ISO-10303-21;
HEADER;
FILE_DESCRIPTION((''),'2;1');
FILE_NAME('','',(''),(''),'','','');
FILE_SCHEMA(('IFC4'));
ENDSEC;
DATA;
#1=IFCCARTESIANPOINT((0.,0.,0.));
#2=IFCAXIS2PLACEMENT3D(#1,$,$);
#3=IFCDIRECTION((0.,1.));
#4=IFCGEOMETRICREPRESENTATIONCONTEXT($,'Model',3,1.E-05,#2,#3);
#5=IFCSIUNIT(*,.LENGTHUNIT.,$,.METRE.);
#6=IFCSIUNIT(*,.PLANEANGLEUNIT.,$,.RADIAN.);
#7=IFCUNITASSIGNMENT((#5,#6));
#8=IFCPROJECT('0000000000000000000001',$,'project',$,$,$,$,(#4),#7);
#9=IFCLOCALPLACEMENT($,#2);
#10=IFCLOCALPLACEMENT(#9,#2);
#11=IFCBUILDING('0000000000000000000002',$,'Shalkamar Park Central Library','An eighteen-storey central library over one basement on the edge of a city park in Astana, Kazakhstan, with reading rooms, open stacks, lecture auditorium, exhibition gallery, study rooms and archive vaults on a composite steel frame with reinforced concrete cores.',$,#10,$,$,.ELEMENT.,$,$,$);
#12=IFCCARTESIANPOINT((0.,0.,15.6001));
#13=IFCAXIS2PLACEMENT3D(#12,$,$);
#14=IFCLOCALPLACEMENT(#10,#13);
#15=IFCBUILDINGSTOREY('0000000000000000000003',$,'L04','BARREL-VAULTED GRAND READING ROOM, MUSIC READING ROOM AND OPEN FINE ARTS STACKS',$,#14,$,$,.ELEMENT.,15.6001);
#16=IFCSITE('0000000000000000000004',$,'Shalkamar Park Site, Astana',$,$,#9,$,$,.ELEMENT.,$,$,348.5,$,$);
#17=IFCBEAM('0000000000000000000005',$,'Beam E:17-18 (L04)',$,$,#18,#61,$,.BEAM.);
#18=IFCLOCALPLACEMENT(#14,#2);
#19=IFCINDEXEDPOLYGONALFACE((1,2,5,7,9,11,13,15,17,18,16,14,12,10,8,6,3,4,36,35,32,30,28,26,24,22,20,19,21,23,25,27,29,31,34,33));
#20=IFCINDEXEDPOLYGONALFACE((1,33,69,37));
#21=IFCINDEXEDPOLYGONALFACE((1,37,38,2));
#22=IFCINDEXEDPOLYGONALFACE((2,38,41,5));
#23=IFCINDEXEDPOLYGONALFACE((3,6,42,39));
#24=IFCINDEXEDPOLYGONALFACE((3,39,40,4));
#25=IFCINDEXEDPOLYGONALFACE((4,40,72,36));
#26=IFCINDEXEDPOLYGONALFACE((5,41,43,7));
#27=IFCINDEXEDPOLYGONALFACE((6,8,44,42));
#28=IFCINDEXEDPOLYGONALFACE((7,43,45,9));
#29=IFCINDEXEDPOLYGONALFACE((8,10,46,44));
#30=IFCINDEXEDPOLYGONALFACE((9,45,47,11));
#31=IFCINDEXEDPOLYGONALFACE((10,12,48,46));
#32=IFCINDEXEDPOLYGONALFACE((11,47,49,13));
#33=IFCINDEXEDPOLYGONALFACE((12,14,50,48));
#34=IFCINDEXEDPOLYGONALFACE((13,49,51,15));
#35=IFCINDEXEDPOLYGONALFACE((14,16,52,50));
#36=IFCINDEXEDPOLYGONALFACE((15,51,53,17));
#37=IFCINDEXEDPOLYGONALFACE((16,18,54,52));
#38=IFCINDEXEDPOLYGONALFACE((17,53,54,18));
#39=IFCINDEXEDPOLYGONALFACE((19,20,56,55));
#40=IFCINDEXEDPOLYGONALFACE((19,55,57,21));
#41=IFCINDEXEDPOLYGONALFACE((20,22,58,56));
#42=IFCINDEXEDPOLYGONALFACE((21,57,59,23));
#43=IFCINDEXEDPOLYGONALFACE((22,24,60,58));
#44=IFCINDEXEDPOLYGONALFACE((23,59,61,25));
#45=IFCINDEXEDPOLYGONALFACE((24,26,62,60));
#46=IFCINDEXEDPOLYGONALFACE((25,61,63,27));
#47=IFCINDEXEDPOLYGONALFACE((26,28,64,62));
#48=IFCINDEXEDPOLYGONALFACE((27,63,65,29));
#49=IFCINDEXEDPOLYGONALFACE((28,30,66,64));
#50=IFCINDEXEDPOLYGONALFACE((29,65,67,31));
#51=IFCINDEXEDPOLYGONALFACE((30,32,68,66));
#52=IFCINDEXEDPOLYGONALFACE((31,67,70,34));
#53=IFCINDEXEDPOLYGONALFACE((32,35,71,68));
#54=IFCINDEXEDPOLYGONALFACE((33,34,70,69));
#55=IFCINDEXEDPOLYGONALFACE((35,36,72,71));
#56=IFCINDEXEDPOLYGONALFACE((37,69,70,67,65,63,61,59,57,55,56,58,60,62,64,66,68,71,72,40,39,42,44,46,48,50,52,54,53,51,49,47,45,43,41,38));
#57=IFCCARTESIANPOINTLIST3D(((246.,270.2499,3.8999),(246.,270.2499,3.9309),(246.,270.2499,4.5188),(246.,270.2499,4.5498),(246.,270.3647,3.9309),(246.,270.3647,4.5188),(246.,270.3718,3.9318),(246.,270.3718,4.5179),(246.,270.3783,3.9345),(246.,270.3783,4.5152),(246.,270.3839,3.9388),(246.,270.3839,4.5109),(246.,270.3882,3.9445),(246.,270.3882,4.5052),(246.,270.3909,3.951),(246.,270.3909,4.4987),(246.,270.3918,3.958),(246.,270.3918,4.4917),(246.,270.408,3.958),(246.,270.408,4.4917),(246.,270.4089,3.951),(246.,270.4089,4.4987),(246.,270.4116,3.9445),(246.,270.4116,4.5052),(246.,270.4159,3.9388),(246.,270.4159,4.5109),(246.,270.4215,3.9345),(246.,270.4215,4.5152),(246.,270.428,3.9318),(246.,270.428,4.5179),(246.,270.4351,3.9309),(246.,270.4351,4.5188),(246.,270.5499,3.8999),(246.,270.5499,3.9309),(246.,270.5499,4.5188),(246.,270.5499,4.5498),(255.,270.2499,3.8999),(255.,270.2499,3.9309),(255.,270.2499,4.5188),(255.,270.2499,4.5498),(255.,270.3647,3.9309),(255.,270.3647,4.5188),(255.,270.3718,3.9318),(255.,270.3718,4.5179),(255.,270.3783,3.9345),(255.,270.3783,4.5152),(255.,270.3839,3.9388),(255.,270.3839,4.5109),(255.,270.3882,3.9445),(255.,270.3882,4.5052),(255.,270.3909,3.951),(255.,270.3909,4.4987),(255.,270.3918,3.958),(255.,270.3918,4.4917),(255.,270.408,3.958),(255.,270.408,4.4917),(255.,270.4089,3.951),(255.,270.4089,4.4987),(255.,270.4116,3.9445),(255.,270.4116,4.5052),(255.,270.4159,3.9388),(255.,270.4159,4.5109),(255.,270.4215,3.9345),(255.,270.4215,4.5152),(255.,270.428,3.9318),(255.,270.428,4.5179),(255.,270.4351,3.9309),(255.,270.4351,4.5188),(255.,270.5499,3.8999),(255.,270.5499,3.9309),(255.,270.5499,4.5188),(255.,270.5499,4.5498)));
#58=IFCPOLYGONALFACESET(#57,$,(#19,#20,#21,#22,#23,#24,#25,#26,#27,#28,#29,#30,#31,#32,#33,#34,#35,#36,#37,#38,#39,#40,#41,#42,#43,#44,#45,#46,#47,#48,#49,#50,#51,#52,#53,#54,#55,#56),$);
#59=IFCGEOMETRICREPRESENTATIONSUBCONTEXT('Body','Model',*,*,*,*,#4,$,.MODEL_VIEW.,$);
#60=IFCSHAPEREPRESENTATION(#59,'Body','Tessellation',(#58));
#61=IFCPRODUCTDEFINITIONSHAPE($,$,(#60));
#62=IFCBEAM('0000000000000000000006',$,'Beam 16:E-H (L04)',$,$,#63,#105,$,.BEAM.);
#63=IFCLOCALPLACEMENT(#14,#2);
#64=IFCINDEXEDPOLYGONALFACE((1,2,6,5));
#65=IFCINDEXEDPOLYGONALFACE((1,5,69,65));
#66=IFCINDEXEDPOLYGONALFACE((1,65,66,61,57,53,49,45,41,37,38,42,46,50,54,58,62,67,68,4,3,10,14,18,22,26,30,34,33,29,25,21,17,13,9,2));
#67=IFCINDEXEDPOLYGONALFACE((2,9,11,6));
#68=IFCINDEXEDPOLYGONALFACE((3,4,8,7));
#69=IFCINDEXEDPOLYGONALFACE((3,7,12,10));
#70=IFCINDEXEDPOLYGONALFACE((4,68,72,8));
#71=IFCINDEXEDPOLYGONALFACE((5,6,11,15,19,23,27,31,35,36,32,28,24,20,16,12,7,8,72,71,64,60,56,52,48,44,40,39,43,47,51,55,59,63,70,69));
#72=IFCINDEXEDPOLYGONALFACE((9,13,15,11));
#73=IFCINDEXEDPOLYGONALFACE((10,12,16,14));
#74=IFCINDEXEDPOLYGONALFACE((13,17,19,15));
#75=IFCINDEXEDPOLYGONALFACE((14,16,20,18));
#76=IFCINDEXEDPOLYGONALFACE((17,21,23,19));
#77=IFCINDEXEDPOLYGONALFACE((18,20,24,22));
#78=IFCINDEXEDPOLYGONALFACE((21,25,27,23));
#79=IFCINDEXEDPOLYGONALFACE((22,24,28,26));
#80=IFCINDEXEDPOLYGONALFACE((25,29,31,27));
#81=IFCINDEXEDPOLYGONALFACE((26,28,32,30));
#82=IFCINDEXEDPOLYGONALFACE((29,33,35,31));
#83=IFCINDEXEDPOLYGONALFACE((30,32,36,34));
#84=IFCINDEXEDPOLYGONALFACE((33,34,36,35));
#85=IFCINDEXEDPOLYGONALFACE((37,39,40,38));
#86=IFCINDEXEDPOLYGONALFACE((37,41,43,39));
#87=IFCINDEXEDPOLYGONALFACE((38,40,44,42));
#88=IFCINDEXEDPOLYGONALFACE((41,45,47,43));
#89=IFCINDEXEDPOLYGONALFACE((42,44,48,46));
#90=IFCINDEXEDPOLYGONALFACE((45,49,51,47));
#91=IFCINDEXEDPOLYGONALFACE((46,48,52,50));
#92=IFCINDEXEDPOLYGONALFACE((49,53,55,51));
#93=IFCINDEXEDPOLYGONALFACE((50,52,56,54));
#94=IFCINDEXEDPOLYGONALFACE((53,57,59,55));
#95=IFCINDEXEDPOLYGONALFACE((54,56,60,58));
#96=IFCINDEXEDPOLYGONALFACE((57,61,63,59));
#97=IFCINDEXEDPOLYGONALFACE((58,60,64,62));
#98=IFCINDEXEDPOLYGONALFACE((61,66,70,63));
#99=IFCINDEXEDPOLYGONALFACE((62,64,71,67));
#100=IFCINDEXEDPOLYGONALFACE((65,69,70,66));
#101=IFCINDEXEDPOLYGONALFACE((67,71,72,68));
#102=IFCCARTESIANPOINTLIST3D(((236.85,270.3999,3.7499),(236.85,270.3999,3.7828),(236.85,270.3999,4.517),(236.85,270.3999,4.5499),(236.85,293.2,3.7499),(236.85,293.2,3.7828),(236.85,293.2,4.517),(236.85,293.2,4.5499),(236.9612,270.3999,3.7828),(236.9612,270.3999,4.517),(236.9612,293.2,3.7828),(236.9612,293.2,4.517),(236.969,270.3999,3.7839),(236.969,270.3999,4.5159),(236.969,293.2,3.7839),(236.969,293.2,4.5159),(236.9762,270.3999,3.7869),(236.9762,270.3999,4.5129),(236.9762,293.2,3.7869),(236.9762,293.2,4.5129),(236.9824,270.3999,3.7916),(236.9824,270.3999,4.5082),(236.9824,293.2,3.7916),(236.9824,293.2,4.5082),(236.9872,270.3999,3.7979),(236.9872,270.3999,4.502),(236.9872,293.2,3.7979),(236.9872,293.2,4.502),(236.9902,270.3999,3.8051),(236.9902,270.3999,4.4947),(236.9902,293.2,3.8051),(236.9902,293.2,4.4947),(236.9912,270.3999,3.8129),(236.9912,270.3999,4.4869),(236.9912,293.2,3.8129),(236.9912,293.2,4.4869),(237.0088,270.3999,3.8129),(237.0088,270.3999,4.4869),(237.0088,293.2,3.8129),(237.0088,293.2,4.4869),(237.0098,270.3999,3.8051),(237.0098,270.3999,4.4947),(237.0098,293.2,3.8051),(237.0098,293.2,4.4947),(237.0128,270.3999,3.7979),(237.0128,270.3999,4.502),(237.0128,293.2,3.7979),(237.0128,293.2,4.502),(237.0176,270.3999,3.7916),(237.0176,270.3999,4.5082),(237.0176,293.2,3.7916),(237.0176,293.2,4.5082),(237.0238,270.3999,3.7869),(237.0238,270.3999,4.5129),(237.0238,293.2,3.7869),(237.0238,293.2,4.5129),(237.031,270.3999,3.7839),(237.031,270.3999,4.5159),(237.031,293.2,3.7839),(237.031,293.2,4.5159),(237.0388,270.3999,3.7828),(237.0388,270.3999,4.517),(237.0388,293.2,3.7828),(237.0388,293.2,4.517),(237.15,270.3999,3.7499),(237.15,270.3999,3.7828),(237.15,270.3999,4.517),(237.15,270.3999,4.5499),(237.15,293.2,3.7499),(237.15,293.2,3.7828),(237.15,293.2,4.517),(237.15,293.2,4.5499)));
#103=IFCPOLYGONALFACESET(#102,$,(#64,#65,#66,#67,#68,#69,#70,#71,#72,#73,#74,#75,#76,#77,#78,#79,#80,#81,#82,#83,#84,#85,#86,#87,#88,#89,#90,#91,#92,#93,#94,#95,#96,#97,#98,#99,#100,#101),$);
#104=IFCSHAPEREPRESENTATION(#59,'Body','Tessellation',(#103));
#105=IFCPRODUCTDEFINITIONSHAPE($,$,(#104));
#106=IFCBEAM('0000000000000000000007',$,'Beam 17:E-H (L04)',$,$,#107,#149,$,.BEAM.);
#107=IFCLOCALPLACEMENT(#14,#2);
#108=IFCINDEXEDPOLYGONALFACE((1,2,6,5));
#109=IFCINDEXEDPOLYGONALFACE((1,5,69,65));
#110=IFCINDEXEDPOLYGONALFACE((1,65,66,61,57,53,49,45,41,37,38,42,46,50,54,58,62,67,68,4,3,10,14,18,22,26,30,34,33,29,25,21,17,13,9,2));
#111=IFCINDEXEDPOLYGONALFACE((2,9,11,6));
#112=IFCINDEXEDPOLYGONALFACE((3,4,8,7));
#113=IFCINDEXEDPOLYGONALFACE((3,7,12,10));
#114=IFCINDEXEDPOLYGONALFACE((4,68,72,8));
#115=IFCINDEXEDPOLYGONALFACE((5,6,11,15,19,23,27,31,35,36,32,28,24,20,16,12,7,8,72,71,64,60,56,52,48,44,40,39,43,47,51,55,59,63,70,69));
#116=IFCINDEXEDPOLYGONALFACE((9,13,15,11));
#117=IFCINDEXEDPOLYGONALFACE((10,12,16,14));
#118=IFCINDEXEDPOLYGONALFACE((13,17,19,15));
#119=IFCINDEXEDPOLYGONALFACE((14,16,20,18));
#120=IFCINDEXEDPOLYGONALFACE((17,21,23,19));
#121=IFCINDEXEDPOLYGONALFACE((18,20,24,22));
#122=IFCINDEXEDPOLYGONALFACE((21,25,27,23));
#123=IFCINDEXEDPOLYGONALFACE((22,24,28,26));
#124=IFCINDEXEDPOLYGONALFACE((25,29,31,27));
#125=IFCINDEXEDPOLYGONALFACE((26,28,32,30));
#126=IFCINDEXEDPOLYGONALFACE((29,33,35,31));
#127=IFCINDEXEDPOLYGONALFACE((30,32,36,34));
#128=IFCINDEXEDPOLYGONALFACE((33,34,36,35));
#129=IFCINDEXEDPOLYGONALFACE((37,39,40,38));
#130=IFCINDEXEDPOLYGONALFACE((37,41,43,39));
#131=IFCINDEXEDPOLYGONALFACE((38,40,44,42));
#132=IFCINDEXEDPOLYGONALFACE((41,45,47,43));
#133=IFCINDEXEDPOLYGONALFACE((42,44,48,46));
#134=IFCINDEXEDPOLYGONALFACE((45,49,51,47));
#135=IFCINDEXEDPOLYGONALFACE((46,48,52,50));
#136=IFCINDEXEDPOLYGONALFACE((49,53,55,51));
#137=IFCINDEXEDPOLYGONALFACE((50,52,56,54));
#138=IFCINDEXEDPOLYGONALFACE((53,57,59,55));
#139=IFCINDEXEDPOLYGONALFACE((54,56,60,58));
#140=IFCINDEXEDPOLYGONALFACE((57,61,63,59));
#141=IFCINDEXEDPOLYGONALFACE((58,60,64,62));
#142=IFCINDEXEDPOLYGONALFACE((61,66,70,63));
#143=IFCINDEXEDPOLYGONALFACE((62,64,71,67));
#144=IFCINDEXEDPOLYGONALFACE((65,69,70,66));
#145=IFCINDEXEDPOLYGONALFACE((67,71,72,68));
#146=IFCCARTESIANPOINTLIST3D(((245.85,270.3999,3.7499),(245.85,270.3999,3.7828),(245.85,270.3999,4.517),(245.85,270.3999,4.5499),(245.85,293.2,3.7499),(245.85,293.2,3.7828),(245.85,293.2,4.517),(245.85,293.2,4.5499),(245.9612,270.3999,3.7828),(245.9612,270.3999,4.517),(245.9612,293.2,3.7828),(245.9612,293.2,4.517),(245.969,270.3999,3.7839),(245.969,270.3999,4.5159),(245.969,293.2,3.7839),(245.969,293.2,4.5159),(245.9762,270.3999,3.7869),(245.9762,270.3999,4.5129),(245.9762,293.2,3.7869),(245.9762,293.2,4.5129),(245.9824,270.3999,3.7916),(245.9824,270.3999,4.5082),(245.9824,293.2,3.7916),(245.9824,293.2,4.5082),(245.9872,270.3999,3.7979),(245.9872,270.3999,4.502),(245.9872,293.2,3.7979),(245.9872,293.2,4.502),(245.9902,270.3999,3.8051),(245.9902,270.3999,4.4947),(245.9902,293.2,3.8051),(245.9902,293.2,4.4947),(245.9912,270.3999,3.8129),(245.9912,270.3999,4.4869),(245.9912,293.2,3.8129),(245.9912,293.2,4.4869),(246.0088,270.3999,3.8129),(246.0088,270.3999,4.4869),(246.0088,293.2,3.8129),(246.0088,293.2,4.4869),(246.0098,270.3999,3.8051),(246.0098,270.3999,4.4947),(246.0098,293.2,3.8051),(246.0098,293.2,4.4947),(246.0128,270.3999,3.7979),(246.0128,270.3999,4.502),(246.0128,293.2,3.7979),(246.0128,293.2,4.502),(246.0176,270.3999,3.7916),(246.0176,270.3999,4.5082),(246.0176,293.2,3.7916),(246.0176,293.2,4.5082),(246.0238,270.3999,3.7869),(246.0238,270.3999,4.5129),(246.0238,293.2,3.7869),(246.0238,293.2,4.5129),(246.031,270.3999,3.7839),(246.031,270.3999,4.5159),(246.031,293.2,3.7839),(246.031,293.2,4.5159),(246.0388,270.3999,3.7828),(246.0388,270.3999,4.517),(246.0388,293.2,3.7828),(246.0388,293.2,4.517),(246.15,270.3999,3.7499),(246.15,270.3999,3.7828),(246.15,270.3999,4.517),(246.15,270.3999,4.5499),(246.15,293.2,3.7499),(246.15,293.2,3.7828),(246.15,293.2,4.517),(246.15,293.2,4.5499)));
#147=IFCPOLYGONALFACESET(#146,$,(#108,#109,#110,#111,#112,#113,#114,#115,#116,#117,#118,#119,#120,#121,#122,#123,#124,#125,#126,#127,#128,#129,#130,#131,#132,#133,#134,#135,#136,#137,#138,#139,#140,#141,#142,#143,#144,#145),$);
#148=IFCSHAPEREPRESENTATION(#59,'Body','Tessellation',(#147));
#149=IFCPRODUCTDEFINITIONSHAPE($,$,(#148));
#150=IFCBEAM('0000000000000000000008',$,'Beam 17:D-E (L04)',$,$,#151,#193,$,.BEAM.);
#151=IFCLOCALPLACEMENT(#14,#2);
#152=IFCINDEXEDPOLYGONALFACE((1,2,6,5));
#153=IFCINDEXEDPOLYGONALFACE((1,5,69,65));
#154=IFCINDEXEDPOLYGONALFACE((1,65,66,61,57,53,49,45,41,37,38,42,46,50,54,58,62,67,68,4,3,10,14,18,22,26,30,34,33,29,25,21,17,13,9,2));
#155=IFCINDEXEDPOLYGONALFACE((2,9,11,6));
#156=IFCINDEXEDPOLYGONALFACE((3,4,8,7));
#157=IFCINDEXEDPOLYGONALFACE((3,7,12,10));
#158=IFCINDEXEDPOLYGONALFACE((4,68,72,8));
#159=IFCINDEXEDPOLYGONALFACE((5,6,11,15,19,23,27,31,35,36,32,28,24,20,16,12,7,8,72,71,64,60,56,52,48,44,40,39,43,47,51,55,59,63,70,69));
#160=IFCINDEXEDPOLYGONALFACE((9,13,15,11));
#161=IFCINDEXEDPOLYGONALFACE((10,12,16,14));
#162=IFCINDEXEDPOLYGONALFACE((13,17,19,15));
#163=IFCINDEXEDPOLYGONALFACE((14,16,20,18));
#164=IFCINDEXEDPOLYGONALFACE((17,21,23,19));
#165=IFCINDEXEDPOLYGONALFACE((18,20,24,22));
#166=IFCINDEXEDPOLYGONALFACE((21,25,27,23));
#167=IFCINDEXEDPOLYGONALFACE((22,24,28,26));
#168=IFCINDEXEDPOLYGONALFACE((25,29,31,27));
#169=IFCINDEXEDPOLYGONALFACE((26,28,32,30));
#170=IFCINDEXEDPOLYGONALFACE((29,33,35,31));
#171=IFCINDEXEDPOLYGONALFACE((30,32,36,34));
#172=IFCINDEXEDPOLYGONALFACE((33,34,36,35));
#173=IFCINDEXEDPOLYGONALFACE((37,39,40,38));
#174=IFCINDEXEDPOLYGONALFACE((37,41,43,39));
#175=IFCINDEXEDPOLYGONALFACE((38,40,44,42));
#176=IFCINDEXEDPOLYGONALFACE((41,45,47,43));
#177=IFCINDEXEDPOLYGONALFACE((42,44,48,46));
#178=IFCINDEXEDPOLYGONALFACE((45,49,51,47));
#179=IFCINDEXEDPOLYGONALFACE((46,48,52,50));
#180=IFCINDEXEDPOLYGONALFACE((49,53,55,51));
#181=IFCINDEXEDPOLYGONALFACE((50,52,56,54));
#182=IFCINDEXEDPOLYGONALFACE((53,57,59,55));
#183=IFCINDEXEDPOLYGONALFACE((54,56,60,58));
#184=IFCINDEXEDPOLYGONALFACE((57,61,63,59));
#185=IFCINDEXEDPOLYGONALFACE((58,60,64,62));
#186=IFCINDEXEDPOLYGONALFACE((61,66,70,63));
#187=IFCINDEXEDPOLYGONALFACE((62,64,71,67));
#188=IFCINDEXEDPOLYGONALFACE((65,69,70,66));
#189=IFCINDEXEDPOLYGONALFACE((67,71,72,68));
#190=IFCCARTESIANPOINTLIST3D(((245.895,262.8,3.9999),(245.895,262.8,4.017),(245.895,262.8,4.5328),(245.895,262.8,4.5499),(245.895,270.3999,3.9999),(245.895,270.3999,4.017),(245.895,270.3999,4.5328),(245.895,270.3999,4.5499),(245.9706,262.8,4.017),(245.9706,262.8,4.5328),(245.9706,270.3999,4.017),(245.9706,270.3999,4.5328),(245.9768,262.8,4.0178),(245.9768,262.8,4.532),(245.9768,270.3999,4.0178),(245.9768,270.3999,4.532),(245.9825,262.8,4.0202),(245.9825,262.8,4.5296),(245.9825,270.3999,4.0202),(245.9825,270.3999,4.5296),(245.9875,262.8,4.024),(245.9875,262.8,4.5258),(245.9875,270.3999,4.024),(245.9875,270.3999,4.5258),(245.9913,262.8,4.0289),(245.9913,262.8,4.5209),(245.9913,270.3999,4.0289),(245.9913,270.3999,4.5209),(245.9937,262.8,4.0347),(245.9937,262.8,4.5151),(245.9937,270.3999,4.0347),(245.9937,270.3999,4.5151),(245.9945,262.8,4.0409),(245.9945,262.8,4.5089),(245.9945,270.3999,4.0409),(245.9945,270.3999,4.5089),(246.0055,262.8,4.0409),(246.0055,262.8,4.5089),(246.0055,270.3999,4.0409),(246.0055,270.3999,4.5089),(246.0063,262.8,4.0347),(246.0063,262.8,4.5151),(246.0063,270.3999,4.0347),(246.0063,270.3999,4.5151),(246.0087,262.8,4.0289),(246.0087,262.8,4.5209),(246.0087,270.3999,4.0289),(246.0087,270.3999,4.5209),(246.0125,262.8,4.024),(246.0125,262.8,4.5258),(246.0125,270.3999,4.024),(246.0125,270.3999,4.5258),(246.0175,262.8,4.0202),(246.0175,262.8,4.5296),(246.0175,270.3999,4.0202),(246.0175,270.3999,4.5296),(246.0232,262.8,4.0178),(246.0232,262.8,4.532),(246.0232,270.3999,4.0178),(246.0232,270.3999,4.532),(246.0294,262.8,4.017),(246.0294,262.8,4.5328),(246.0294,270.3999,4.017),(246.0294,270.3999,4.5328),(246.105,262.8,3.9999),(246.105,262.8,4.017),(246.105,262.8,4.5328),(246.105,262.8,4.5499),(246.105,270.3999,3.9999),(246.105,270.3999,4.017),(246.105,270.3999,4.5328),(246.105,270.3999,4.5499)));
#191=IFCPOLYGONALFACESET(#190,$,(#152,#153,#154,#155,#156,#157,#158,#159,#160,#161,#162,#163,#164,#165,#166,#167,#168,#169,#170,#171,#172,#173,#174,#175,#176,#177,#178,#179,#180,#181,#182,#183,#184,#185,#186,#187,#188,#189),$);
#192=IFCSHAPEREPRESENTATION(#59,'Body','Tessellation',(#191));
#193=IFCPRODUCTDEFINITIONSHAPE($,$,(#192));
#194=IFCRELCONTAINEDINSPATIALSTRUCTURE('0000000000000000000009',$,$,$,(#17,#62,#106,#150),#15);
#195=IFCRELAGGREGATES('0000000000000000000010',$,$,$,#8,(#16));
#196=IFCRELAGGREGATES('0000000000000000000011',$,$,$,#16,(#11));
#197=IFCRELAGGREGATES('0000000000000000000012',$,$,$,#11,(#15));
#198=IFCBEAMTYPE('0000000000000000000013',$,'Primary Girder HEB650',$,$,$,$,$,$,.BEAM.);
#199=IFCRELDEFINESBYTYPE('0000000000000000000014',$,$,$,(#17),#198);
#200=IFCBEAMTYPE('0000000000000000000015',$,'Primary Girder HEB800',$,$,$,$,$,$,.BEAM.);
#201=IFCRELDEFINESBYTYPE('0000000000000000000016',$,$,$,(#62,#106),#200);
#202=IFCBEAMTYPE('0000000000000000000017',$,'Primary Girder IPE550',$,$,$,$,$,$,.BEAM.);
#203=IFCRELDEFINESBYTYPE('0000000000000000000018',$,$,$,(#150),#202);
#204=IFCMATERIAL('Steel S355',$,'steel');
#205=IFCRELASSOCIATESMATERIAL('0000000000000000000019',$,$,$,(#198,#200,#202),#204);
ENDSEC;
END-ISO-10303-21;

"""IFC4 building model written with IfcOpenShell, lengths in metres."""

from ifc_helpers import new_model, si_unit, direction, frame, origin, origin_2d, place, context, subcontext, project, spatial, i_section, extrude, material, material_profile, profile_set, type_object, element, save


model = new_model("IFC4")

# Units and contexts
model_context = context("Model", 3, precision=1e-05, world=origin(), true_north=direction((0.0, 1.0)))
body_context = subcontext(model_context, "Body", "Model", "MODEL_VIEW")
ifc_project = project(units=[si_unit("LENGTHUNIT", "METRE"), si_unit("PLANEANGLEUNIT", "RADIAN")], contexts=[model_context])

# Site, building, storey
site_placement = place(None, origin())
site = spatial("IfcSite", under=ifc_project, at=site_placement, Name="Shalkamar Park Site, Astana", CompositionType="ELEMENT", RefElevation=348.5)
building_placement = place(site_placement, origin())
building = spatial("IfcBuilding", under=site, at=building_placement, Name="Shalkamar Park Central Library", Description="An eighteen-storey central library over one basement on the edge of a city park in Astana, Kazakhstan, with reading rooms, open stacks, lecture auditorium, exhibition gallery, study rooms and archive vaults on a composite steel frame with reinforced concrete cores.", CompositionType="ELEMENT")
storey_placement = place(building_placement, frame((0.0, 0.0, 15.6001)))
storey = spatial("IfcBuildingStorey", under=building, at=storey_placement, Name="L04", Description="BARREL-VAULTED GRAND READING ROOM, MUSIC READING ROOM AND OPEN FINE ARTS STACKS", CompositionType="ELEMENT", Elevation=15.6001)

# Shared definitions
ifc_material_1 = material(Name="Steel S355", Category="steel")

# Beams
ifc_material_profile_1 = material_profile(ifc_material_1, i_section(OverallWidth=0.3, OverallDepth=0.6499, WebThickness=0.0161, FlangeThickness=0.031, FilletRadius=0.0271, at=origin_2d()), Name="HEB 650")
ifc_profile_set_1 = profile_set([ifc_material_profile_1], Name="Steel S355")
beam_type_1 = type_object("IfcBeamType", Name="Primary Girder HEB650", PredefinedType="BEAM", material=ifc_profile_set_1)
for number, where, z_axis, x_axis, name in (
    (1, (246.0, 270.3999, 4.2249), (1.0, 0.0, 0.0), (0.0, 1.0, 0.0), "Beam E:17-18 (L04)"),
):
    element("IfcBeam", number, at=place(storey_placement, frame(where, z_axis=z_axis, x_axis=x_axis)), inside=storey, type_object=beam_type_1, Name=name, PredefinedType="BEAM", context=body_context, shape_type="SweptSolid", body=[
        extrude(i_section(OverallWidth=0.3, OverallDepth=0.6499, WebThickness=0.0161, FlangeThickness=0.031, FilletRadius=0.0271, at=origin_2d()), origin(), (0.0, 0.0, 1.0), 9.0),
    ])
ifc_material_profile_2 = material_profile(ifc_material_1, i_section(OverallWidth=0.3, OverallDepth=0.8, WebThickness=0.0176, FlangeThickness=0.033, FilletRadius=0.03, at=origin_2d()), Name="HEB 800")
ifc_profile_set_2 = profile_set([ifc_material_profile_2], Name="Steel S355")
beam_type_2 = type_object("IfcBeamType", Name="Primary Girder HEB800", PredefinedType="BEAM", material=ifc_profile_set_2)
for number, where, z_axis, x_axis, name in (
    (2, (237.0, 270.3999, 4.1499), (0.0, 1.0, 0.0), (-1.0, 0.0, 0.0), "Beam 16:E-H (L04)"),
    (3, (246.0, 270.3999, 4.1499), (0.0, 1.0, 0.0), (-1.0, 0.0, 0.0), "Beam 17:E-H (L04)"),
):
    element("IfcBeam", number, at=place(storey_placement, frame(where, z_axis=z_axis, x_axis=x_axis)), inside=storey, type_object=beam_type_2, Name=name, PredefinedType="BEAM", context=body_context, shape_type="SweptSolid", body=[
        extrude(i_section(OverallWidth=0.3, OverallDepth=0.8, WebThickness=0.0176, FlangeThickness=0.033, FilletRadius=0.03, at=origin_2d()), origin(), (0.0, 0.0, 1.0), 22.8),
    ])
ifc_material_profile_3 = material_profile(ifc_material_1, i_section(OverallWidth=0.21, OverallDepth=0.55, WebThickness=0.011, FlangeThickness=0.0171, FilletRadius=0.0239, at=origin_2d()), Name="IPE 550")
ifc_profile_set_3 = profile_set([ifc_material_profile_3], Name="Steel S355")
beam_type_3 = type_object("IfcBeamType", Name="Primary Girder IPE550", PredefinedType="BEAM", material=ifc_profile_set_3)
beam_placement = place(storey_placement, frame((246.0, 262.8, 4.2749), z_axis=(0.0, 1.0, 0.0), x_axis=(-1.0, 0.0, 0.0)))
element("IfcBeam", 4, at=beam_placement, inside=storey, type_object=beam_type_3, Name="Beam 17:D-E (L04)", PredefinedType="BEAM", context=body_context, shape_type="SweptSolid", body=[
    extrude(i_section(OverallWidth=0.21, OverallDepth=0.55, WebThickness=0.011, FlangeThickness=0.0171, FilletRadius=0.0239, at=origin_2d()), origin(), (0.0, 0.0, 1.0), 7.5999),
])

save(model, "model.ifc")
